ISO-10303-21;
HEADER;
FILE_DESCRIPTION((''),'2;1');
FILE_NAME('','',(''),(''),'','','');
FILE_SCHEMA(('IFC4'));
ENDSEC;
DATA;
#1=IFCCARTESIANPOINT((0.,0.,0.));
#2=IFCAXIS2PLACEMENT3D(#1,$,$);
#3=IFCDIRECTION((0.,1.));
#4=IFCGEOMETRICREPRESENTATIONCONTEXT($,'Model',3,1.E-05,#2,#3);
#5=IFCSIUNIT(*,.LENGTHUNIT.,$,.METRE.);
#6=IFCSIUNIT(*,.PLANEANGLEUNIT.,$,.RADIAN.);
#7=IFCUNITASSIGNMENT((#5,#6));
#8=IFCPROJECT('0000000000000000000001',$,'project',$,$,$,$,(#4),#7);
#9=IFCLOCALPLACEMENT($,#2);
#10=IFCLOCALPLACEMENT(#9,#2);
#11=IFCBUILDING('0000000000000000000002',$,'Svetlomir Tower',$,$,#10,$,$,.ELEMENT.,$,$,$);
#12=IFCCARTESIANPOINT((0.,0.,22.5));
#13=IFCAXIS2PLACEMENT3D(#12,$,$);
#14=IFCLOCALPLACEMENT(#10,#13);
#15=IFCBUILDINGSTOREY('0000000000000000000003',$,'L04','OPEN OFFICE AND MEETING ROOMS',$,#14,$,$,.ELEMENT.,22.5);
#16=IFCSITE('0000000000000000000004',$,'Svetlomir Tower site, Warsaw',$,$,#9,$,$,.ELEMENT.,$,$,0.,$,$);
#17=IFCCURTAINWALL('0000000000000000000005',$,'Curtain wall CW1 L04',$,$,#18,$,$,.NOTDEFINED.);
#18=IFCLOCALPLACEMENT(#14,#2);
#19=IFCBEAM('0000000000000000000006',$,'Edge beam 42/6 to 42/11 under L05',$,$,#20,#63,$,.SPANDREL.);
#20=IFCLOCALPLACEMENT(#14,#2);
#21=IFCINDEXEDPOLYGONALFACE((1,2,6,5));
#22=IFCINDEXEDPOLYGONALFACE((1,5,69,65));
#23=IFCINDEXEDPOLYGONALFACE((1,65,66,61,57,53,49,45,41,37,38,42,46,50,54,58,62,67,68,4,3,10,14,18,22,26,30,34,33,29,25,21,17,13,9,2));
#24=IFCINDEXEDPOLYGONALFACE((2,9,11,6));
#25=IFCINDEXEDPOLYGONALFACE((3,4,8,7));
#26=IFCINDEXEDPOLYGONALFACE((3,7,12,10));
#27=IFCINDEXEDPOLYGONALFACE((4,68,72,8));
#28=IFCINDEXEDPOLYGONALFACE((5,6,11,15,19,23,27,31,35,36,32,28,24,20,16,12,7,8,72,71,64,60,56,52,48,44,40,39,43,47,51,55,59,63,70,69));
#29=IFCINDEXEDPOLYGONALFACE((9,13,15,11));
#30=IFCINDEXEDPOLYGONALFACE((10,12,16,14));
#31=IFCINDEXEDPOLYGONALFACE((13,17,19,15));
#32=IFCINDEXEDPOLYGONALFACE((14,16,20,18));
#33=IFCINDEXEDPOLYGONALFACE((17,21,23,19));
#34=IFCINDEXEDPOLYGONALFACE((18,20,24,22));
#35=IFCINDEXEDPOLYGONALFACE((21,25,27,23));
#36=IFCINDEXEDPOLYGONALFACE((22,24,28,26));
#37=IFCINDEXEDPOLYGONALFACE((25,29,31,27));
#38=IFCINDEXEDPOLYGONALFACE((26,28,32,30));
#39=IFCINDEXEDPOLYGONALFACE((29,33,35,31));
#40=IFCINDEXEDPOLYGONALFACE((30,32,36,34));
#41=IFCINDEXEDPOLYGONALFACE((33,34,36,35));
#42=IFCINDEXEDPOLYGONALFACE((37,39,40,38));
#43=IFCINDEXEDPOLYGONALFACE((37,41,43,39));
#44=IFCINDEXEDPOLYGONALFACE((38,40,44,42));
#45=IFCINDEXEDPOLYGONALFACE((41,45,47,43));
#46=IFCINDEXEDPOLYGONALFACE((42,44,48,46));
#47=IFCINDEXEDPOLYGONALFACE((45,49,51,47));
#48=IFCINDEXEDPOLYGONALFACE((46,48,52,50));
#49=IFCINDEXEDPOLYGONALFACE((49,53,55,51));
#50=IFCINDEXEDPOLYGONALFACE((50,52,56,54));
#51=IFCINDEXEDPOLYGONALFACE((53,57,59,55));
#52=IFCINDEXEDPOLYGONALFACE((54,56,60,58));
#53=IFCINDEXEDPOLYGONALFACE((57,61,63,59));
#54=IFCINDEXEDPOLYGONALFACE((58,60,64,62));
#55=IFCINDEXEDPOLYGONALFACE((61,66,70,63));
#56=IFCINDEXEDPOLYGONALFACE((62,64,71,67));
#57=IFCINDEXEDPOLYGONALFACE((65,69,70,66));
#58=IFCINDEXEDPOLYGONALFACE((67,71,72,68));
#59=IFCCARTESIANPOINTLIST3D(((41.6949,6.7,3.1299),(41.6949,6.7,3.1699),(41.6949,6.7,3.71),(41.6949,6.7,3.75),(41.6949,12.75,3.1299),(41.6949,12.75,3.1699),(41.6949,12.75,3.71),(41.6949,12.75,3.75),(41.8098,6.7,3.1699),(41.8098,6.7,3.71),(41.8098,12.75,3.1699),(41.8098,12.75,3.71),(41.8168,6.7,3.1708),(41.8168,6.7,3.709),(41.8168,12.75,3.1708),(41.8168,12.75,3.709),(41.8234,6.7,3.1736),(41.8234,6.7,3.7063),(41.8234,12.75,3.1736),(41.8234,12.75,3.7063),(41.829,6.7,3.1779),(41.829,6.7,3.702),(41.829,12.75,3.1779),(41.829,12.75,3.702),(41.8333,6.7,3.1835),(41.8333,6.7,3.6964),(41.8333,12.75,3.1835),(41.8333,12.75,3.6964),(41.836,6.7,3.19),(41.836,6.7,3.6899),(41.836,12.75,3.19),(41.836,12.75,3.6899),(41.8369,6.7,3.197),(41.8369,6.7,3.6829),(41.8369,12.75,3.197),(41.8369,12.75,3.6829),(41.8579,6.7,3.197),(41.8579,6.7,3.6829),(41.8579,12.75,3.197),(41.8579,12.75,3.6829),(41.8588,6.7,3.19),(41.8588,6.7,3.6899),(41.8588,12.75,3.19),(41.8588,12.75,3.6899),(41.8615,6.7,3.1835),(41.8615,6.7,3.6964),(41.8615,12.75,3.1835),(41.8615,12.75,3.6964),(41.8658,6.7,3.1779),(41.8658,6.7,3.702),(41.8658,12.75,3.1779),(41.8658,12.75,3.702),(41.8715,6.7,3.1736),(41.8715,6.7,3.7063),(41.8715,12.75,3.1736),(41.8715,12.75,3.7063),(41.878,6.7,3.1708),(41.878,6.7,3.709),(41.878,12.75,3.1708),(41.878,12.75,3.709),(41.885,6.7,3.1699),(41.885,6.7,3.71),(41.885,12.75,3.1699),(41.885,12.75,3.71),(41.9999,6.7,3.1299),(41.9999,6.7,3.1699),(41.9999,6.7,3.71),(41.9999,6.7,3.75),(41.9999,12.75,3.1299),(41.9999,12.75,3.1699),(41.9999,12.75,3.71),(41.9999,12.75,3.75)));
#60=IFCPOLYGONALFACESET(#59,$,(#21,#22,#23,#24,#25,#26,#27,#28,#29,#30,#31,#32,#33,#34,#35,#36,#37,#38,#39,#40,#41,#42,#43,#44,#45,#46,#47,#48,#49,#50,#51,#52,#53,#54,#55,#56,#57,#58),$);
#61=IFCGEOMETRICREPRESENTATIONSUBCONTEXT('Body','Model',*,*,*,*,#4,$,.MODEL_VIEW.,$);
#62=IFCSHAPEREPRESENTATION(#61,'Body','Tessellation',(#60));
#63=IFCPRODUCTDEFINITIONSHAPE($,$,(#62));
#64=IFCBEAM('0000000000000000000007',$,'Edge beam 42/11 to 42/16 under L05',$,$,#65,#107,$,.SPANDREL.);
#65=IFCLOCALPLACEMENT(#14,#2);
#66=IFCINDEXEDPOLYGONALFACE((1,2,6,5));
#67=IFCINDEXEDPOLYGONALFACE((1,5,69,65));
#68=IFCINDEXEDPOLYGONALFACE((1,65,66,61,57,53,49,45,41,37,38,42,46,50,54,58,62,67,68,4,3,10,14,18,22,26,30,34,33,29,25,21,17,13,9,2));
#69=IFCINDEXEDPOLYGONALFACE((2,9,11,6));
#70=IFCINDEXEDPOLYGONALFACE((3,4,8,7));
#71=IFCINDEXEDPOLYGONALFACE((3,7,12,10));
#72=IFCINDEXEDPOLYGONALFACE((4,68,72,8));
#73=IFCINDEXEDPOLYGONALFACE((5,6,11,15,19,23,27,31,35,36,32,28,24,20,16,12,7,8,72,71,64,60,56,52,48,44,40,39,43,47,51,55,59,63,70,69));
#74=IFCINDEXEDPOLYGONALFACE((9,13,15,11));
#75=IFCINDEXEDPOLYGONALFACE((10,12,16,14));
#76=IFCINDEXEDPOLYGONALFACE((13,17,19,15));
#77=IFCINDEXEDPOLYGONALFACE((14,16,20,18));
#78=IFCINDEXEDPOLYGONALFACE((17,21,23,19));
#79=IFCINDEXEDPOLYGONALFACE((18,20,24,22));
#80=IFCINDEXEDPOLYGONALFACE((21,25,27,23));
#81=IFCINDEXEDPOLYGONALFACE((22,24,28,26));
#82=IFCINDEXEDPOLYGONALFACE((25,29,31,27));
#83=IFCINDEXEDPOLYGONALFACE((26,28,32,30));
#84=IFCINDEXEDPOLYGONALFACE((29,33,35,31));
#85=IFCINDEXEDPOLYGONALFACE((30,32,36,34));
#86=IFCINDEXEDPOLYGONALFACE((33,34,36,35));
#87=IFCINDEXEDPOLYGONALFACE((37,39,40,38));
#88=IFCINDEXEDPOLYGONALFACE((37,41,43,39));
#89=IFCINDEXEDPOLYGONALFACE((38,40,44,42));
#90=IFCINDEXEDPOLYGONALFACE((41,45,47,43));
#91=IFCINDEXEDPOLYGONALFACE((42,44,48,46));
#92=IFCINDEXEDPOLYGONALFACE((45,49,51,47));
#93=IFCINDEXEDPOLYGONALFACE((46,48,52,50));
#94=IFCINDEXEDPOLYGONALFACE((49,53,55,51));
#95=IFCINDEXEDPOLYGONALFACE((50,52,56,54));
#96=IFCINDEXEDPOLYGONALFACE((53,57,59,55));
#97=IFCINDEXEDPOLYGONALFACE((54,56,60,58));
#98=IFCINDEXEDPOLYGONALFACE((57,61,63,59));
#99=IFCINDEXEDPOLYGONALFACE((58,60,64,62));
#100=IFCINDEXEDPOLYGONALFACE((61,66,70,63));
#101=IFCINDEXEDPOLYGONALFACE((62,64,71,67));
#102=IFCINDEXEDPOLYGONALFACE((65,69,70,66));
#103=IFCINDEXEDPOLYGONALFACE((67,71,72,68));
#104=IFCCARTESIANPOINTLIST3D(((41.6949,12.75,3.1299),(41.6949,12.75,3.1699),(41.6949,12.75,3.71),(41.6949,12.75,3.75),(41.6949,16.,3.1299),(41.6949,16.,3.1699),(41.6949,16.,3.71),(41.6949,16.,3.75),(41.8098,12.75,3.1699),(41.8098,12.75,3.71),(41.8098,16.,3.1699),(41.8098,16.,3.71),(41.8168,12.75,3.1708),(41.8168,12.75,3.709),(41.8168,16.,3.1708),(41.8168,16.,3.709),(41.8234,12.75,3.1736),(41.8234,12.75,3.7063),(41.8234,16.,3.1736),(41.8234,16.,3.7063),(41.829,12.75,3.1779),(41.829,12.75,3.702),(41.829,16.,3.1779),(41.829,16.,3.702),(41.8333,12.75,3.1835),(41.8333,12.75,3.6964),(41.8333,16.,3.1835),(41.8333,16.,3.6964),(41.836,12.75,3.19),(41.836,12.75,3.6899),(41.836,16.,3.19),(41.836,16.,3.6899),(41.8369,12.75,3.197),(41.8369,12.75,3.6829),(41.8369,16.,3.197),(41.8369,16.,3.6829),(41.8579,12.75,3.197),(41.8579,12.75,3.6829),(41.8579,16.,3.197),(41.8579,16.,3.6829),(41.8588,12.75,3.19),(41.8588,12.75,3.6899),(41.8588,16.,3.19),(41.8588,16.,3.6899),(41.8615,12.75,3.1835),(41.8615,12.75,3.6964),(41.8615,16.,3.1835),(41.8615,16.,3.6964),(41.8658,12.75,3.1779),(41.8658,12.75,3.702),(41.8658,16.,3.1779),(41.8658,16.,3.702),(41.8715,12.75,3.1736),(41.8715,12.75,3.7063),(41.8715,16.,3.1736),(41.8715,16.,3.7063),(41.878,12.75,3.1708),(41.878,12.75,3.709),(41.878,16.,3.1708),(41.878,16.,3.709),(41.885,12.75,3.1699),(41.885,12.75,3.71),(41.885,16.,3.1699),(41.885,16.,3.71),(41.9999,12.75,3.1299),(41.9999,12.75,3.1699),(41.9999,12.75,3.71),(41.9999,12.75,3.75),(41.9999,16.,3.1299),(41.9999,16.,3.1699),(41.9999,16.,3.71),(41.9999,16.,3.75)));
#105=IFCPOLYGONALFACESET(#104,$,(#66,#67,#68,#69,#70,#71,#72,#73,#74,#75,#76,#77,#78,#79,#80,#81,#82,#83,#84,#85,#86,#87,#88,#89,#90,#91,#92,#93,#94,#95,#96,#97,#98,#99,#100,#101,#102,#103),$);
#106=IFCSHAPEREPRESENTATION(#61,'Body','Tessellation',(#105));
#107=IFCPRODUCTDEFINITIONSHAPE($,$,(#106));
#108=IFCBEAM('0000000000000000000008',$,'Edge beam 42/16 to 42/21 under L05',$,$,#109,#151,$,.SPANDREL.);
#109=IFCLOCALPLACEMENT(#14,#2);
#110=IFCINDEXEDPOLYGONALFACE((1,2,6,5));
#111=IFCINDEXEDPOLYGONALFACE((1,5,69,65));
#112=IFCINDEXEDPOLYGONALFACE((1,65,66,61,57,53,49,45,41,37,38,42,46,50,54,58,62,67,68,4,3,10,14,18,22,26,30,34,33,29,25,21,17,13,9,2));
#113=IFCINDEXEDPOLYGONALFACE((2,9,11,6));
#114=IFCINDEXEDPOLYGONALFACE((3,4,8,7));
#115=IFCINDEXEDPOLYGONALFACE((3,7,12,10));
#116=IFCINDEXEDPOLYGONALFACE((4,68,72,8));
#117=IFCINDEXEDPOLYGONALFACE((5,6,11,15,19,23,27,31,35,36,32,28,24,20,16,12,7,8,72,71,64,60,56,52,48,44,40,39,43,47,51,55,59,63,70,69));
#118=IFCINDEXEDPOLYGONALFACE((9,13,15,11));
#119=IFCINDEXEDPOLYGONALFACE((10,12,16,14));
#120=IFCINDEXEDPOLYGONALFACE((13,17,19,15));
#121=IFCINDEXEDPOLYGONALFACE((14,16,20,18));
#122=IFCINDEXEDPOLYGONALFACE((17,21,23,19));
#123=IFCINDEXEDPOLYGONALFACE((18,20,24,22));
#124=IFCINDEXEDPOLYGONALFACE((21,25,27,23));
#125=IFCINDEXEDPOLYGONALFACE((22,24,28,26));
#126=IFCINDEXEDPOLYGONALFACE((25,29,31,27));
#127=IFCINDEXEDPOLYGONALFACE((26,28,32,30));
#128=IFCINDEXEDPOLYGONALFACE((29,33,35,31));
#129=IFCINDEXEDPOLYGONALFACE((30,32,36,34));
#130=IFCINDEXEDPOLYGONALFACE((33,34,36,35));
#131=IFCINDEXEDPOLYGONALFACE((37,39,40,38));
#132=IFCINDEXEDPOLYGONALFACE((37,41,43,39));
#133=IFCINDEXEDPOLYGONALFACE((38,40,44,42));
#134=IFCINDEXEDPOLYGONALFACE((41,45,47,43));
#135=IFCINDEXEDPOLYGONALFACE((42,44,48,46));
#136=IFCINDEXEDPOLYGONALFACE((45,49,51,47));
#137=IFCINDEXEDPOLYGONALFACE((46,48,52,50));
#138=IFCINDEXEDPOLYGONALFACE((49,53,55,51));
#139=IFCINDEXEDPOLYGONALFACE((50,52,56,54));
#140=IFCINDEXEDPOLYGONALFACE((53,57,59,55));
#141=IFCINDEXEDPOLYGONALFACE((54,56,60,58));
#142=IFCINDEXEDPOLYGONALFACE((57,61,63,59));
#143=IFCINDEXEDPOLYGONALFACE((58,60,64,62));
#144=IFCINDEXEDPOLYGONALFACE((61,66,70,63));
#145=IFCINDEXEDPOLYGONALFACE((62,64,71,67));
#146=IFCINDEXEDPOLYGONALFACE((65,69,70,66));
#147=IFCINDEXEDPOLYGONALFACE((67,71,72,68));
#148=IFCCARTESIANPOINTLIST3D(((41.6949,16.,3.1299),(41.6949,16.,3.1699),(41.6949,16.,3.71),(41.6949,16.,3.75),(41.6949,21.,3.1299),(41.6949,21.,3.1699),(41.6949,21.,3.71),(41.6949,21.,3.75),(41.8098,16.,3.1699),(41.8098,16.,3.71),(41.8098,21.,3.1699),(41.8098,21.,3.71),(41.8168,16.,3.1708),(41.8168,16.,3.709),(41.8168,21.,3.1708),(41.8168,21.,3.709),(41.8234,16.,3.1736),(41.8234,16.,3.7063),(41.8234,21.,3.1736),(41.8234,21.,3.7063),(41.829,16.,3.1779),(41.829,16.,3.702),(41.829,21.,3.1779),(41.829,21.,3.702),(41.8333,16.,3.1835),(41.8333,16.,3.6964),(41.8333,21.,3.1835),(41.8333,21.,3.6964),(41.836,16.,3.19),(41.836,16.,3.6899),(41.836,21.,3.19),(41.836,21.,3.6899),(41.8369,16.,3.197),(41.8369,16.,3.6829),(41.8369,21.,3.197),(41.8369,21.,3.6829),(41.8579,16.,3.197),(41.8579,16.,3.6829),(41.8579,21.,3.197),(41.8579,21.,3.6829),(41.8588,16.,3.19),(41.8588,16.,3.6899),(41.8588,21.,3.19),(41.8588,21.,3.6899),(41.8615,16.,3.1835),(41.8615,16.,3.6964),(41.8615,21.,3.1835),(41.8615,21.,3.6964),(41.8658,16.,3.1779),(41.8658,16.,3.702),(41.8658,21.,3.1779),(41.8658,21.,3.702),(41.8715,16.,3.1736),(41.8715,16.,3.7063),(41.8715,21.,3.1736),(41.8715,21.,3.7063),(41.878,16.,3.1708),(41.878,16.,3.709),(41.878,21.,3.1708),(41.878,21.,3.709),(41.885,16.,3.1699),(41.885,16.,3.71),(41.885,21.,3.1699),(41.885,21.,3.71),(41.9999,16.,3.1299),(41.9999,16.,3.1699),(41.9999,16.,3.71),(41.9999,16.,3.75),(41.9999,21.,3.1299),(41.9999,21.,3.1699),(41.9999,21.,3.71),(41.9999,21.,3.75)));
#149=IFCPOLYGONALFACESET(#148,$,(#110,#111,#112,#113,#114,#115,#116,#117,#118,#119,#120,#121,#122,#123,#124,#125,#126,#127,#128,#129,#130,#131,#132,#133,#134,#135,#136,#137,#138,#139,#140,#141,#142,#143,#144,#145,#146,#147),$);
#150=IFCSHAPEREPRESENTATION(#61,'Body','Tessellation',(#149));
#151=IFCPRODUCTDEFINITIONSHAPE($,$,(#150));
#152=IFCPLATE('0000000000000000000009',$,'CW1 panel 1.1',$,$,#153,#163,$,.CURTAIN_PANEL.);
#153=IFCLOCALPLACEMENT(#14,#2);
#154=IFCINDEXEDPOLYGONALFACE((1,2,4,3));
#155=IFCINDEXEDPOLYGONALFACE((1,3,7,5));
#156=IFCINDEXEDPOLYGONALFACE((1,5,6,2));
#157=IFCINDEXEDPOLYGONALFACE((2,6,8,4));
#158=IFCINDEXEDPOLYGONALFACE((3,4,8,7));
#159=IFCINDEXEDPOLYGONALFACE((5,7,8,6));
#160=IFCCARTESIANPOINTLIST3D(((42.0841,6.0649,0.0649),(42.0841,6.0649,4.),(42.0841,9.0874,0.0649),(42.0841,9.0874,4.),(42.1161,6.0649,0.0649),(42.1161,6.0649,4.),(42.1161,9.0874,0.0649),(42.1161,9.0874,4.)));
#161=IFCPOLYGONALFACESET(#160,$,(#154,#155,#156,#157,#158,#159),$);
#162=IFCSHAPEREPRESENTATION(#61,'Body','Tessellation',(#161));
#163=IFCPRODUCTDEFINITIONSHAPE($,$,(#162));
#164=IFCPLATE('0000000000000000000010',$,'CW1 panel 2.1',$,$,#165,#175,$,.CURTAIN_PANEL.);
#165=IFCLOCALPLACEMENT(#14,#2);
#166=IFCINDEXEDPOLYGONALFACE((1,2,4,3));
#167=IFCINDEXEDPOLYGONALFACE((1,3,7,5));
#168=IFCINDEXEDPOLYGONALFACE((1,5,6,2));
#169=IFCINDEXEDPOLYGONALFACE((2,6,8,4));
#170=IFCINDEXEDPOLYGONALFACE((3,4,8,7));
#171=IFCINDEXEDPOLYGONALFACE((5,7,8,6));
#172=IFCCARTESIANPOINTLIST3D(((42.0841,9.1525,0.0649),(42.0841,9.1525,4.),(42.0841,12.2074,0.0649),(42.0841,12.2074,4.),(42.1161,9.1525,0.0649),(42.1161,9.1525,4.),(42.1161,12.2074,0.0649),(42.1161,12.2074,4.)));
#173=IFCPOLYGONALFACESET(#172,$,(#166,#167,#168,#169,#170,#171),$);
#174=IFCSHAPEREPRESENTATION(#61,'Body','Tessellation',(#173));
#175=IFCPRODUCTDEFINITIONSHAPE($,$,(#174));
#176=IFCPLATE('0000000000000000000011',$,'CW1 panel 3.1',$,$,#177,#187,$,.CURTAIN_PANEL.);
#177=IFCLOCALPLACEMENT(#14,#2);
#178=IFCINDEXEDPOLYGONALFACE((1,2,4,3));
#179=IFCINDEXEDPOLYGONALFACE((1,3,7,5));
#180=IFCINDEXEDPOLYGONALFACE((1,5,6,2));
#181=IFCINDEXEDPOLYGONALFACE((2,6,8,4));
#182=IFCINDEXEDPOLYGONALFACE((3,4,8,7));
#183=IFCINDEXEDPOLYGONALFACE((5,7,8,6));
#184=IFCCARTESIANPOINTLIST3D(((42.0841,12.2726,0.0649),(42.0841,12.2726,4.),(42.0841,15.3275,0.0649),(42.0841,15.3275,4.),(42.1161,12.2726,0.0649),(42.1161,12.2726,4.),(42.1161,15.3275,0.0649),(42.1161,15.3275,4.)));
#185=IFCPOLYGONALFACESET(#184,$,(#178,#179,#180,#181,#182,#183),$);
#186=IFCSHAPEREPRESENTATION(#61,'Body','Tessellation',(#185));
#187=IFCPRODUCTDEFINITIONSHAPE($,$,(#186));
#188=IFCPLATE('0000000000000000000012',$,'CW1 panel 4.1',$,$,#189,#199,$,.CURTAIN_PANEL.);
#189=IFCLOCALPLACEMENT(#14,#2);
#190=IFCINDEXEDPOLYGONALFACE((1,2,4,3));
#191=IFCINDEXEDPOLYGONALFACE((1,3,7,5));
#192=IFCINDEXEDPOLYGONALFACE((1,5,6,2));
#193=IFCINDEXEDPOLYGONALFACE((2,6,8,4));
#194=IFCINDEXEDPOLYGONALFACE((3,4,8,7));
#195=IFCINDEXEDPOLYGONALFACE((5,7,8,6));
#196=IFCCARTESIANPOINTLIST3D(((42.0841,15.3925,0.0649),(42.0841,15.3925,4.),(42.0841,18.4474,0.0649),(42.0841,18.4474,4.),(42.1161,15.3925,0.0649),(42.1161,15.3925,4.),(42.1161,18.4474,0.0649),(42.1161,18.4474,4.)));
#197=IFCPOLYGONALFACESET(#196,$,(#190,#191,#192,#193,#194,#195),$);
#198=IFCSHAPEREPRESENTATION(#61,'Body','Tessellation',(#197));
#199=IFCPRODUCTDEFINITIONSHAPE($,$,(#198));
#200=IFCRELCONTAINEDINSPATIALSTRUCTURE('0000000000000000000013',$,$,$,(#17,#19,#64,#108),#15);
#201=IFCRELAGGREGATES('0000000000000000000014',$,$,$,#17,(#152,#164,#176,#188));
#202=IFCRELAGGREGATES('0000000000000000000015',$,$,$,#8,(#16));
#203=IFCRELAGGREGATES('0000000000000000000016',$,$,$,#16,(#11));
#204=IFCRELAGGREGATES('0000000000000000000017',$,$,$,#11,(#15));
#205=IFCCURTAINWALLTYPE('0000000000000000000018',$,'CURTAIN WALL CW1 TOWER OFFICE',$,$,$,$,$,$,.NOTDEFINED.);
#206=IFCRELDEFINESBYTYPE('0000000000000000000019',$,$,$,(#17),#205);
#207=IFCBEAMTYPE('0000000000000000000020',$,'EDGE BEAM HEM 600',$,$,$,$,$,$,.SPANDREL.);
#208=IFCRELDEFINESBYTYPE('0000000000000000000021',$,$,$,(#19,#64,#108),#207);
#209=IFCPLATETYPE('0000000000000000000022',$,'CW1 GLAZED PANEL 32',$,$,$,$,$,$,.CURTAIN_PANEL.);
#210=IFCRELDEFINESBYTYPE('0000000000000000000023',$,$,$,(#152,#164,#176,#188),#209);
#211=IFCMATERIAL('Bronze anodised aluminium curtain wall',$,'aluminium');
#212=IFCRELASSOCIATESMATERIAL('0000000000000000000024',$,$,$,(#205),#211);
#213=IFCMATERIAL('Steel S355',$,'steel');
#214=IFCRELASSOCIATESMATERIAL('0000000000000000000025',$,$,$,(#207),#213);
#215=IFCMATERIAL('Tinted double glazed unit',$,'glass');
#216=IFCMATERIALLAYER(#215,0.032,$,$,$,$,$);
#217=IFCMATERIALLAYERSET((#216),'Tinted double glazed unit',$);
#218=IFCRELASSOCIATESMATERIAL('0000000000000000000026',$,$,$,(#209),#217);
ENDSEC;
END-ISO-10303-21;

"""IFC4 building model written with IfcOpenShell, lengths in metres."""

from ifc_helpers import new_model, si_unit, direction, frame, origin, origin_2d, place, context, subcontext, project, spatial, rectangle, i_section, extrude, material, layer, layer_set, material_profile, profile_set, type_object, element, aggregate, save


model = new_model("IFC4")

# Units and contexts
model_context = context("Model", 3, precision=1e-05, world=origin(), true_north=direction((0.0, 1.0)))
body_context = subcontext(model_context, "Body", "Model", "MODEL_VIEW")
ifc_project = project(units=[si_unit("LENGTHUNIT", "METRE"), si_unit("PLANEANGLEUNIT", "RADIAN")], contexts=[model_context])

# Site, building, storey
site_placement = place(None, origin())
site = spatial("IfcSite", under=ifc_project, at=site_placement, Name="Svetlomir Tower site, Warsaw", CompositionType="ELEMENT", RefElevation=0.0)
building_placement = place(site_placement, origin())
building = spatial("IfcBuilding", under=site, at=building_placement, Name="Svetlomir Tower", CompositionType="ELEMENT")
storey_placement = place(building_placement, frame((0.0, 0.0, 22.5)))
storey = spatial("IfcBuildingStorey", under=building, at=storey_placement, Name="L04", Description="OPEN OFFICE AND MEETING ROOMS", CompositionType="ELEMENT", Elevation=22.5)

# Curtain wall
ifc_material_1 = material(Name="Bronze anodised aluminium curtain wall", Category="aluminium")
curtain_wall_type = type_object("IfcCurtainWallType", Name="CURTAIN WALL CW1 TOWER OFFICE", PredefinedType="NOTDEFINED", material=ifc_material_1)
curtain_wall_placement = place(storey_placement, origin())
curtain_wall = element("IfcCurtainWall", 1, at=curtain_wall_placement, inside=storey, type_object=curtain_wall_type, Name="Curtain wall CW1 L04", PredefinedType="NOTDEFINED")

# Beams
ifc_material_2 = material(Name="Steel S355", Category="steel")
ifc_material_profile_1 = material_profile(ifc_material_2, i_section(OverallWidth=0.3049, OverallDepth=0.6201, WebThickness=0.021, FlangeThickness=0.04, FilletRadius=0.0271, at=origin_2d()), Name="HEM 600")
ifc_profile_set_1 = profile_set([ifc_material_profile_1], Name="Steel S355")
beam_type = type_object("IfcBeamType", Name="EDGE BEAM HEM 600", PredefinedType="SPANDREL", material=ifc_profile_set_1)
beam_1_placement = place(storey_placement, frame((41.8474, 6.7, 3.4399), z_axis=(0.0, 1.0, 0.0), x_axis=(-1.0, 0.0, 0.0)))
element("IfcBeam", 2, at=beam_1_placement, inside=storey, type_object=beam_type, Name="Edge beam 42/6 to 42/11 under L05", PredefinedType="SPANDREL", context=body_context, shape_type="SweptSolid", body=[
    extrude(i_section(OverallWidth=0.3049, OverallDepth=0.6201, WebThickness=0.021, FlangeThickness=0.04, FilletRadius=0.0271, at=origin_2d()), origin(), (0.0, 0.0, 1.0), 6.05),
])
beam_2_placement = place(storey_placement, frame((41.8474, 12.75, 3.4399), z_axis=(0.0, 1.0, 0.0), x_axis=(-1.0, 0.0, 0.0)))
element("IfcBeam", 3, at=beam_2_placement, inside=storey, type_object=beam_type, Name="Edge beam 42/11 to 42/16 under L05", PredefinedType="SPANDREL", context=body_context, shape_type="SweptSolid", body=[
    extrude(i_section(OverallWidth=0.3049, OverallDepth=0.6201, WebThickness=0.021, FlangeThickness=0.04, FilletRadius=0.0271, at=origin_2d()), origin(), (0.0, 0.0, 1.0), 3.25),
])
beam_3_placement = place(storey_placement, frame((41.8474, 16.0, 3.4399), z_axis=(0.0, 1.0, 0.0), x_axis=(-1.0, 0.0, 0.0)))
element("IfcBeam", 4, at=beam_3_placement, inside=storey, type_object=beam_type, Name="Edge beam 42/16 to 42/21 under L05", PredefinedType="SPANDREL", context=body_context, shape_type="SweptSolid", body=[
    extrude(i_section(OverallWidth=0.3049, OverallDepth=0.6201, WebThickness=0.021, FlangeThickness=0.04, FilletRadius=0.0271, at=origin_2d()), origin(), (0.0, 0.0, 1.0), 5.0),
])

# Plates
ifc_material_3 = material(Name="Tinted double glazed unit", Category="glass")
ifc_layer_1 = layer(ifc_material_3, 0.032)
ifc_layer_set_1 = layer_set([ifc_layer_1], Name="Tinted double glazed unit")
plate_type = type_object("IfcPlateType", Name="CW1 GLAZED PANEL 32", PredefinedType="CURTAIN_PANEL", material=ifc_layer_set_1)
plate_1_placement = place(storey_placement, frame((42.1001, 7.5762, 0.0649), z_axis=(0.0, 0.0, 1.0), x_axis=(0.0, 1.0, 0.0)))
plate_1 = element("IfcPlate", 5, at=plate_1_placement, type_object=plate_type, Name="CW1 panel 1.1", PredefinedType="CURTAIN_PANEL", context=body_context, shape_type="SweptSolid", body=[
    extrude(rectangle(XDim=3.0225, YDim=0.032, at=origin_2d()), origin(), (0.0, 0.0, 1.0), 3.9351),
])
plate_2_placement = place(storey_placement, frame((42.1001, 10.6799, 0.0649), z_axis=(0.0, 0.0, 1.0), x_axis=(0.0, 1.0, 0.0)))
plate_2 = element("IfcPlate", 6, at=plate_2_placement, type_object=plate_type, Name="CW1 panel 2.1", PredefinedType="CURTAIN_PANEL", context=body_context, shape_type="SweptSolid", body=[
    extrude(rectangle(XDim=3.0549, YDim=0.032, at=origin_2d()), origin(), (0.0, 0.0, 1.0), 3.9351),
])
plate_3_placement = place(storey_placement, frame((42.1001, 13.8, 0.0649), z_axis=(0.0, 0.0, 1.0), x_axis=(0.0, 1.0, 0.0)))
plate_3 = element("IfcPlate", 7, at=plate_3_placement, type_object=plate_type, Name="CW1 panel 3.1", PredefinedType="CURTAIN_PANEL", context=body_context, shape_type="SweptSolid", body=[
    extrude(rectangle(XDim=3.0549, YDim=0.032, at=origin_2d()), origin(), (0.0, 0.0, 1.0), 3.9351),
])
plate_4_placement = place(storey_placement, frame((42.1001, 16.9199, 0.0649), z_axis=(0.0, 0.0, 1.0), x_axis=(0.0, 1.0, 0.0)))
plate_4 = element("IfcPlate", 8, at=plate_4_placement, type_object=plate_type, Name="CW1 panel 4.1", PredefinedType="CURTAIN_PANEL", context=body_context, shape_type="SweptSolid", body=[
    extrude(rectangle(XDim=3.0549, YDim=0.032, at=origin_2d()), origin(), (0.0, 0.0, 1.0), 3.9351),
])
aggregate(curtain_wall, [plate_1, plate_2, plate_3, plate_4])

save(model, "model.ifc")
